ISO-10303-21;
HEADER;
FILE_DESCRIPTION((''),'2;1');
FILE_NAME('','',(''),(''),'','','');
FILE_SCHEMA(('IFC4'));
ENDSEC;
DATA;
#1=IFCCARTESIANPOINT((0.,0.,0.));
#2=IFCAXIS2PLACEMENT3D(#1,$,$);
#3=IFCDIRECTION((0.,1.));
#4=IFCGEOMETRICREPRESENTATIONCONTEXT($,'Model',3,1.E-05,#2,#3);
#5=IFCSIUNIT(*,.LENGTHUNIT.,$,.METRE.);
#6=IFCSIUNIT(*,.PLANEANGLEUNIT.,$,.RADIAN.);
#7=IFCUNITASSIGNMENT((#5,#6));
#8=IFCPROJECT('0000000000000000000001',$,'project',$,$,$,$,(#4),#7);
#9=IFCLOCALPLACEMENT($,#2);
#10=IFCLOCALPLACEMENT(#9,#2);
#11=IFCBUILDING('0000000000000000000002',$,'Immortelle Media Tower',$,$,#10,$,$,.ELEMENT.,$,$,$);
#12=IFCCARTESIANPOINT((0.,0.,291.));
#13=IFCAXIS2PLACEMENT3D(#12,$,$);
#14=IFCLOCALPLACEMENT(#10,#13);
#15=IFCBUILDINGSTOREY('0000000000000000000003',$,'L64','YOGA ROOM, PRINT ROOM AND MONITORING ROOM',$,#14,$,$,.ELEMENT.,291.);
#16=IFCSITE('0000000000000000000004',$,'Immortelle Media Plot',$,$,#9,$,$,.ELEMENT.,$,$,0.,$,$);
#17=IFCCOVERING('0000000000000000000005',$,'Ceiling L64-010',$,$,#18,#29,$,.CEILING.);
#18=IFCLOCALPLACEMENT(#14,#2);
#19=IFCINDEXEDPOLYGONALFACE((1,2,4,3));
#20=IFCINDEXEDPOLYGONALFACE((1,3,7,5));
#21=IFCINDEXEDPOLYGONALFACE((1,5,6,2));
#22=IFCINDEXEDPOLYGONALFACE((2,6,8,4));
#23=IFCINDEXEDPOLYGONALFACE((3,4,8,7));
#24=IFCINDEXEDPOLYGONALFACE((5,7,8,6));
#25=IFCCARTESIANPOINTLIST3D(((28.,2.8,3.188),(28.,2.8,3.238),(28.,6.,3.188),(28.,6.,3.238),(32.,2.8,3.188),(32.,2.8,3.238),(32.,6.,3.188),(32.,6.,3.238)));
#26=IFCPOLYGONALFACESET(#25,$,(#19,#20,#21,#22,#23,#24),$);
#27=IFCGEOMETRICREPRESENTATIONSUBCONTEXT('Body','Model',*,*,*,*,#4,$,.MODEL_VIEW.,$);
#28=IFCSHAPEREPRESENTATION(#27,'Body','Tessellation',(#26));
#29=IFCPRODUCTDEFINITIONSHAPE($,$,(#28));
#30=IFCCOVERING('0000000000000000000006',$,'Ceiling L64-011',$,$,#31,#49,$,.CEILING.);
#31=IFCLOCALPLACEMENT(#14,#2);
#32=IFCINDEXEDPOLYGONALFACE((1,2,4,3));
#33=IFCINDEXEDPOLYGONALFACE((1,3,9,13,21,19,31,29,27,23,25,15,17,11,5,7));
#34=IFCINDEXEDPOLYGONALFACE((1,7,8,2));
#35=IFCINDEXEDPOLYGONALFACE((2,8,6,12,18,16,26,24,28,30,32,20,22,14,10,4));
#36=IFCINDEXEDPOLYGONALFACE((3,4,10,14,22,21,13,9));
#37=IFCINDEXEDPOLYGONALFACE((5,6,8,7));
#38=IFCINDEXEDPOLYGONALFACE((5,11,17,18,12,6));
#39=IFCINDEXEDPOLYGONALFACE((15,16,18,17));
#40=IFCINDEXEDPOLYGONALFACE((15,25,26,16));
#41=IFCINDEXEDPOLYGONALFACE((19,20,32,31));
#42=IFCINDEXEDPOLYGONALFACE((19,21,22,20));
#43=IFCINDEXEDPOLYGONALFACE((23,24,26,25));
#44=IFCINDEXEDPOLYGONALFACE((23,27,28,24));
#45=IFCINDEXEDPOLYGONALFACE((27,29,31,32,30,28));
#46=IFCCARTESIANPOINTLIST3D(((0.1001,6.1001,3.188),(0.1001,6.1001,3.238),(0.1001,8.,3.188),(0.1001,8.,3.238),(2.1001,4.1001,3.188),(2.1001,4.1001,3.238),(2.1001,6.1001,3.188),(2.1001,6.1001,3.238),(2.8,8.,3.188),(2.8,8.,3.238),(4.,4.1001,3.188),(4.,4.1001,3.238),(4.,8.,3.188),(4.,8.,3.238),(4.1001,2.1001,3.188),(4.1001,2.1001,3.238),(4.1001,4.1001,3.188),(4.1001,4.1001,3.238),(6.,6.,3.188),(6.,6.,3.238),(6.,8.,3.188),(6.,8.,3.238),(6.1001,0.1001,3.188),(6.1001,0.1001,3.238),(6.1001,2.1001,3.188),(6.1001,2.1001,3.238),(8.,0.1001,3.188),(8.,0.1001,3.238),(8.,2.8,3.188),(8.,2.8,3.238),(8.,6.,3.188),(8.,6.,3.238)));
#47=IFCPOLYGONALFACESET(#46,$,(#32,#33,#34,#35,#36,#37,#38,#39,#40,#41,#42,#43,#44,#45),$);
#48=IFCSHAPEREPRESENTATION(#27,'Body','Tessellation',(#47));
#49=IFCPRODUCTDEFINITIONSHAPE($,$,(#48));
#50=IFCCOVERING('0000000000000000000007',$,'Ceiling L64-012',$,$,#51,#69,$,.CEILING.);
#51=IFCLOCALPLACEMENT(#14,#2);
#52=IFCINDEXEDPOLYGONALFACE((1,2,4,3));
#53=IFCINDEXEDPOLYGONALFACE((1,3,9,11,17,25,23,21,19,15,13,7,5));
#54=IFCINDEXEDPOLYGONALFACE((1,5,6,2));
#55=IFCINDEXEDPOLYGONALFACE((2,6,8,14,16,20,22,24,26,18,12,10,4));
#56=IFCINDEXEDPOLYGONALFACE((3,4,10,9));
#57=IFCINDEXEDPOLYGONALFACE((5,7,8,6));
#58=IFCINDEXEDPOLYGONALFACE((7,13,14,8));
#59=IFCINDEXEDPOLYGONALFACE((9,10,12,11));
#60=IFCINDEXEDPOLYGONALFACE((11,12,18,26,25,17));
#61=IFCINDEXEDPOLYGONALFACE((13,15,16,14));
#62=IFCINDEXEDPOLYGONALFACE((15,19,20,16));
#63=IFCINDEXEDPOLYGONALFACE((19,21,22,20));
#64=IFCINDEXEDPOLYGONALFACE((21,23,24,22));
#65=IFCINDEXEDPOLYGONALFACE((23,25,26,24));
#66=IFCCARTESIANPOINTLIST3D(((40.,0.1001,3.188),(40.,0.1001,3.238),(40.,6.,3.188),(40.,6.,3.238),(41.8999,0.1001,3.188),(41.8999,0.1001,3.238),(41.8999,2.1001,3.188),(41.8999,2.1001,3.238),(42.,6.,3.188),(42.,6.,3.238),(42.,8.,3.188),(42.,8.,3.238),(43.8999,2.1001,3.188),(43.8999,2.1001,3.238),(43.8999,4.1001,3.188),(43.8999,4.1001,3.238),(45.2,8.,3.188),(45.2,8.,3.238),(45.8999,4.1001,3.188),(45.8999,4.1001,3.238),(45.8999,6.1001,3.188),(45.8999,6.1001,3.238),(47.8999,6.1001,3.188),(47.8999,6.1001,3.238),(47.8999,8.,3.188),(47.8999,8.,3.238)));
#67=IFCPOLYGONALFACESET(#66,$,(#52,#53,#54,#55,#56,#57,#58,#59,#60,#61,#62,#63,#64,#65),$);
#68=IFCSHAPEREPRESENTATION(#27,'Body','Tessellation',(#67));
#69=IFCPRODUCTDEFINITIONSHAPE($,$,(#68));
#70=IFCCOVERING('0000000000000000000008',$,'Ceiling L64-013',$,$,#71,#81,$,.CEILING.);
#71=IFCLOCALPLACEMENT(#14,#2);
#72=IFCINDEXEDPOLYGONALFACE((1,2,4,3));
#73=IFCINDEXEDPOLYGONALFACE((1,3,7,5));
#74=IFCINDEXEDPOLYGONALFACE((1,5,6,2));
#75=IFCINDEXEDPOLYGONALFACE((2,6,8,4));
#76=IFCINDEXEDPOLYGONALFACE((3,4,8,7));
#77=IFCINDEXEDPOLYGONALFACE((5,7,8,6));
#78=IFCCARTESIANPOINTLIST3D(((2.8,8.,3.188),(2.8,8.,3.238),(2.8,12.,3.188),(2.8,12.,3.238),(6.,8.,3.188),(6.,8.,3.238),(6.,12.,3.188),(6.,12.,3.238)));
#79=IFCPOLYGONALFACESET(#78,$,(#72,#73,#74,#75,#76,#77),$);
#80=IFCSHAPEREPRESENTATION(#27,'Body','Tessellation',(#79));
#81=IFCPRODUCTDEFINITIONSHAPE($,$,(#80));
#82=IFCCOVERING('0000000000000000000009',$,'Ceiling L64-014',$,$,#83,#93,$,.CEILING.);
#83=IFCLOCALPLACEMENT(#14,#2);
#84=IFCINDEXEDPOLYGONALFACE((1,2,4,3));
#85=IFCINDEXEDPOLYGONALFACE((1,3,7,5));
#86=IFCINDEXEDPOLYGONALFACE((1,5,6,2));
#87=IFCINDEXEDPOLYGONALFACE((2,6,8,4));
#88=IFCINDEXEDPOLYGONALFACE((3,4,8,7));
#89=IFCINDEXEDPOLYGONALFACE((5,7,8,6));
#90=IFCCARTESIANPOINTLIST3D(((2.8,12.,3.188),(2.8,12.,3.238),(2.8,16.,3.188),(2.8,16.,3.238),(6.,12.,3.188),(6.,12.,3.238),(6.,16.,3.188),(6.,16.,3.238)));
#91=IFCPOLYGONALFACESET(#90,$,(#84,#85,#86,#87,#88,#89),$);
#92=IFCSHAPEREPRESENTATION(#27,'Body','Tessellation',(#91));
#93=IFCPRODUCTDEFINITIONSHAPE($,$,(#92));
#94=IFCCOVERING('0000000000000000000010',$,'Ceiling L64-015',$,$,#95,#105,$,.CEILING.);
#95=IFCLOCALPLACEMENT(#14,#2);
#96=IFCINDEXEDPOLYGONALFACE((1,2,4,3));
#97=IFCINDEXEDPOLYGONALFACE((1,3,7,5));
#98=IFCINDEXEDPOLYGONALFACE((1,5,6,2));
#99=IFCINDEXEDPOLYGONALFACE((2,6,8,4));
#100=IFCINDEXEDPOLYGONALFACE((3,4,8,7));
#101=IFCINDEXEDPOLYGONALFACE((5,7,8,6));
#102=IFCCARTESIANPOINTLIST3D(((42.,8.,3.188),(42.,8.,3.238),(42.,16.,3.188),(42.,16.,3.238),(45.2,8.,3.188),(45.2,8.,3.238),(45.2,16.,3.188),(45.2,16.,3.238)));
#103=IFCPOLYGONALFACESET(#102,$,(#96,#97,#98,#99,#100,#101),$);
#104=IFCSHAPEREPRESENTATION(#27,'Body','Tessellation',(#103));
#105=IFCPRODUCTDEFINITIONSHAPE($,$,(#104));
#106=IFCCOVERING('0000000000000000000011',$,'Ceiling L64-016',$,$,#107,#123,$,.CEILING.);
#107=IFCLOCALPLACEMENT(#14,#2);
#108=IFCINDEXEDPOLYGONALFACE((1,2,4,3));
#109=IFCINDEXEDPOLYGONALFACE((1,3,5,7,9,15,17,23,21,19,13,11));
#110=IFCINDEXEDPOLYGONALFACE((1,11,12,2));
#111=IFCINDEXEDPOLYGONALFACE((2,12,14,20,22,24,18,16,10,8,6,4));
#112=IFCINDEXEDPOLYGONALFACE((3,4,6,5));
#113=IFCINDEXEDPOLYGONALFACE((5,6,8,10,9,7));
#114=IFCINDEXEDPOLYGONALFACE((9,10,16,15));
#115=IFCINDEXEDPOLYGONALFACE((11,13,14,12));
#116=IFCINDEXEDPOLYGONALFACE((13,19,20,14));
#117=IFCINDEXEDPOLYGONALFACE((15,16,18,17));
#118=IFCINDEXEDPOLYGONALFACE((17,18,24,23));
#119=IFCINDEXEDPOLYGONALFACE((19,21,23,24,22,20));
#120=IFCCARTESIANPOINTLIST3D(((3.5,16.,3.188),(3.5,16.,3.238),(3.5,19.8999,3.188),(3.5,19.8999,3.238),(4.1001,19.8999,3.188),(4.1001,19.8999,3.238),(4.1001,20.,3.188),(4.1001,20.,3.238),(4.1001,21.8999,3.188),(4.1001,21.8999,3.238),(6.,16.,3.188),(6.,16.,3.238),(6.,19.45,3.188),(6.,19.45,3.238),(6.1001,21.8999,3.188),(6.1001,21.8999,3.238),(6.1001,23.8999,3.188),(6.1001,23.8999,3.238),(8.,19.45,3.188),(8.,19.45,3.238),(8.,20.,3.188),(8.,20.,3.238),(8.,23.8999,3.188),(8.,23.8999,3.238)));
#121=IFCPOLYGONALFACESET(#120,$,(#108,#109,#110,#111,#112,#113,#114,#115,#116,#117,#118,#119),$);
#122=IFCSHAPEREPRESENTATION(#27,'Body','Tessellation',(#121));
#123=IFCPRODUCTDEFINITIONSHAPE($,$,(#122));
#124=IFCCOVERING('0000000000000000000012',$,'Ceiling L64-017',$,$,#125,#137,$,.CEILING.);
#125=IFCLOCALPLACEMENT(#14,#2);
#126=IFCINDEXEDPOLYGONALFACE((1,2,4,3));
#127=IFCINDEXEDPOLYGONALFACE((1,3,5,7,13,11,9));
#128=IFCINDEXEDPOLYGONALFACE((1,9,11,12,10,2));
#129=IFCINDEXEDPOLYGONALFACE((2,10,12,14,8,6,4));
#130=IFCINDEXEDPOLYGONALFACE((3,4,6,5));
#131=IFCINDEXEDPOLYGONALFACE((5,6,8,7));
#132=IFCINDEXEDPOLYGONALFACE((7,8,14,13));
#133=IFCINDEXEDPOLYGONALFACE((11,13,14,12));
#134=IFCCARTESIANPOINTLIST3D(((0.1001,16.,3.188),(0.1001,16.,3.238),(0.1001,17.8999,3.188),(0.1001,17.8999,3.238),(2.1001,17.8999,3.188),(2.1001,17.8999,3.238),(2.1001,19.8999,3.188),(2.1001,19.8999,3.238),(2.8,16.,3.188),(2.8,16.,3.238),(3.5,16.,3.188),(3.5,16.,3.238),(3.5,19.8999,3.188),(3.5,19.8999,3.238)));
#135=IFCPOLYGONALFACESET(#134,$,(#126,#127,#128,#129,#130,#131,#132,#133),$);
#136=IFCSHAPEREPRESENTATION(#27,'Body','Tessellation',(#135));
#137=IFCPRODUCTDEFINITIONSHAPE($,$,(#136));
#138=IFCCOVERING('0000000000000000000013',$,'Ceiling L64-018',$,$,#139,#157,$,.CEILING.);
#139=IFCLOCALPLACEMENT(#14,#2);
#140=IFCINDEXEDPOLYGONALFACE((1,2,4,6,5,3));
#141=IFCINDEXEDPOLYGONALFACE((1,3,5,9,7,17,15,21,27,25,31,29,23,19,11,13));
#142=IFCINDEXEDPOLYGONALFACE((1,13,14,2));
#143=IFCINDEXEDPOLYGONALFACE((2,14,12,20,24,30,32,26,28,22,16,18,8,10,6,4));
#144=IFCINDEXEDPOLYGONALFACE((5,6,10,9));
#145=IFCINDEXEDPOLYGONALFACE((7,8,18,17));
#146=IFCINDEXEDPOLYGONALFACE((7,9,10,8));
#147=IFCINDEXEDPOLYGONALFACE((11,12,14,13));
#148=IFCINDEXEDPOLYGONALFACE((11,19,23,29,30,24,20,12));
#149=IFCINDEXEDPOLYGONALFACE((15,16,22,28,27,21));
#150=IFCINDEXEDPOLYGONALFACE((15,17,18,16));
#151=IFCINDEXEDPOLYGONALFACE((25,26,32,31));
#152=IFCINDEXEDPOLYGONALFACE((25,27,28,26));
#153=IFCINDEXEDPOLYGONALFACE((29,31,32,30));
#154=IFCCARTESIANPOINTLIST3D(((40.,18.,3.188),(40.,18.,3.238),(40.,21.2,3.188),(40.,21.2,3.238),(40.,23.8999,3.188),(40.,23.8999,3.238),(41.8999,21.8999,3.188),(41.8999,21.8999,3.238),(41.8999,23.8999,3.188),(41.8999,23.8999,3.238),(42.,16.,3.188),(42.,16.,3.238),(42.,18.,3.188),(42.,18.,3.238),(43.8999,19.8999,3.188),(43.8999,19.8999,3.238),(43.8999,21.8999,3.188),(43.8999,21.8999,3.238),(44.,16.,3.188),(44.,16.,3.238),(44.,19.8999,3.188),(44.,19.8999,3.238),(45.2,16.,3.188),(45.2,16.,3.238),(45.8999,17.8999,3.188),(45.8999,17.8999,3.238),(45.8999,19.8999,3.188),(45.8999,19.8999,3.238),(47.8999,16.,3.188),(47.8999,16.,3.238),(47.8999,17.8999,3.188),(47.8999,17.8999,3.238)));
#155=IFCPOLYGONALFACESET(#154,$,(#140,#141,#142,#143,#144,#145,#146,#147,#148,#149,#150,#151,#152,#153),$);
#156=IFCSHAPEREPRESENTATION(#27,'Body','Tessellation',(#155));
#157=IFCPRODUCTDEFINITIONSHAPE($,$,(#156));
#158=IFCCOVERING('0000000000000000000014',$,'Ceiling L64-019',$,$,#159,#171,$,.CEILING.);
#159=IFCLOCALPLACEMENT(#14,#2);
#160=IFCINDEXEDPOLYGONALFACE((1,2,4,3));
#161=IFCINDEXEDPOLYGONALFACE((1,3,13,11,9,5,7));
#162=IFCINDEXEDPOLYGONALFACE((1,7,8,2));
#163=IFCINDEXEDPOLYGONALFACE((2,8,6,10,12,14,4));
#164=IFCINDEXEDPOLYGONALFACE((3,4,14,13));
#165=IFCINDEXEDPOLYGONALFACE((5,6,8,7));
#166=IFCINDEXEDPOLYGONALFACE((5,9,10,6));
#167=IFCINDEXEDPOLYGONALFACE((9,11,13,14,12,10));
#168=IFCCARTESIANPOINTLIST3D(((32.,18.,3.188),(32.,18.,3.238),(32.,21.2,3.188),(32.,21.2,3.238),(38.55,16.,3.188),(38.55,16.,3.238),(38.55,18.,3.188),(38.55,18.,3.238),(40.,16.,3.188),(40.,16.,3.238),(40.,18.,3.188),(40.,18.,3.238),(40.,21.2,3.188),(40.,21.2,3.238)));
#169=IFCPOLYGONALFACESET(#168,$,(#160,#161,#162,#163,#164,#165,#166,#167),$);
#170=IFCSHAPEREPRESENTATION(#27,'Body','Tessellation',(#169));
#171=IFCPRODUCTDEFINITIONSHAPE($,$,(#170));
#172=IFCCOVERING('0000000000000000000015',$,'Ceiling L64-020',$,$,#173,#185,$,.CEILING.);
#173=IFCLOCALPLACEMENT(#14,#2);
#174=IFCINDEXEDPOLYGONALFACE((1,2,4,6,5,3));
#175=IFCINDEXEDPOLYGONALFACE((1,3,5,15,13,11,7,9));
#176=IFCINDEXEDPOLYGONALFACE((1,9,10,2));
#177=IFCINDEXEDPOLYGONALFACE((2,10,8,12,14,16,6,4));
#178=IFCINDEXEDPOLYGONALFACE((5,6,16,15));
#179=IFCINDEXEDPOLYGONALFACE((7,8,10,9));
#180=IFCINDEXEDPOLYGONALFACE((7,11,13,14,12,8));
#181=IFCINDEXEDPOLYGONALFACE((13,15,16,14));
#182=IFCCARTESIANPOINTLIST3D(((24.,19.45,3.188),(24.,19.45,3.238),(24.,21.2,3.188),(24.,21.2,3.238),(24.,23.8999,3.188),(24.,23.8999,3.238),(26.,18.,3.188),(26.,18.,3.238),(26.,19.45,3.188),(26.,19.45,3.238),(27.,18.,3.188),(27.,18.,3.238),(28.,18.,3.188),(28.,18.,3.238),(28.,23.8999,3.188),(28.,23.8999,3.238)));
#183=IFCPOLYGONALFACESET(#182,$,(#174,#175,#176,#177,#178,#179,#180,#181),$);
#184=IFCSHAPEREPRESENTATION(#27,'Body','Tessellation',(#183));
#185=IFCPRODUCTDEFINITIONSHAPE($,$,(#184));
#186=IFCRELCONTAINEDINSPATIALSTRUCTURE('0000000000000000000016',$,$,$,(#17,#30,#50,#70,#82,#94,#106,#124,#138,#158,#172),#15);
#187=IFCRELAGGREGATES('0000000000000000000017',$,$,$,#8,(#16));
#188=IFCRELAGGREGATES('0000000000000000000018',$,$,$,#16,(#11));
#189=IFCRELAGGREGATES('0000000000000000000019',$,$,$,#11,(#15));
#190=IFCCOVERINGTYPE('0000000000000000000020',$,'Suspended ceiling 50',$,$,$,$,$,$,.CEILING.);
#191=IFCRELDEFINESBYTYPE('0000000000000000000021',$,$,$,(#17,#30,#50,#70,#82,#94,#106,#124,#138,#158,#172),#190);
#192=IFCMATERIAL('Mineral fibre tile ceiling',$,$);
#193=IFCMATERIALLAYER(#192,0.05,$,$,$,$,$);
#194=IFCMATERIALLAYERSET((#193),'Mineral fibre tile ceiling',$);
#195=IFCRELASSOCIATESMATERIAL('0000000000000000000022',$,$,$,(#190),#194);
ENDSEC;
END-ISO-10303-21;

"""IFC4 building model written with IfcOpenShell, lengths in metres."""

from ifc_helpers import new_model, si_unit, direction, frame, origin, place, context, subcontext, project, spatial, polyline, outline, extrude, material, layer, layer_set, type_object, element, save


model = new_model("IFC4")

# Units and contexts
model_context = context("Model", 3, precision=1e-05, world=origin(), true_north=direction((0.0, 1.0)))
body_context = subcontext(model_context, "Body", "Model", "MODEL_VIEW")
ifc_project = project(units=[si_unit("LENGTHUNIT", "METRE"), si_unit("PLANEANGLEUNIT", "RADIAN")], contexts=[model_context])

# Site, building, storey
site_placement = place(None, origin())
site = spatial("IfcSite", under=ifc_project, at=site_placement, Name="Immortelle Media Plot", CompositionType="ELEMENT", RefElevation=0.0)
building_placement = place(site_placement, origin())
building = spatial("IfcBuilding", under=site, at=building_placement, Name="Immortelle Media Tower", CompositionType="ELEMENT")
storey_placement = place(building_placement, frame((0.0, 0.0, 291.0)))
storey = spatial("IfcBuildingStorey", under=building, at=storey_placement, Name="L64", Description="YOGA ROOM, PRINT ROOM AND MONITORING ROOM", CompositionType="ELEMENT", Elevation=291.0)

# Coverings
ifc_material_1 = material(Name="Mineral fibre tile ceiling")
ifc_layer_1 = layer(ifc_material_1, 0.05)
ifc_layer_set_1 = layer_set([ifc_layer_1], Name="Mineral fibre tile ceiling")
covering_type = type_object("IfcCoveringType", Name="Suspended ceiling 50", PredefinedType="CEILING", material=ifc_layer_set_1)
covering_1_placement = place(storey_placement, frame((0.0, 0.0, 3.188)))
element("IfcCovering", 1, at=covering_1_placement, inside=storey, type_object=covering_type, Name="Ceiling L64-010", PredefinedType="CEILING", context=body_context, shape_type="SweptSolid", body=[
    extrude(outline(polyline([(32.0, 6.0), (32.0, 2.8), (28.0, 2.8), (28.0, 6.0), (32.0, 6.0)])), origin(), (0.0, 0.0, 1.0), 0.05),
])
covering_2_placement = place(storey_placement, frame((0.0, 0.0, 3.188)))
element("IfcCovering", 2, at=covering_2_placement, inside=storey, type_object=covering_type, Name="Ceiling L64-011", PredefinedType="CEILING", context=body_context, shape_type="SweptSolid", body=[
    extrude(outline(polyline([(4.1001, 2.1001), (4.1001, 4.1001), (4.0, 4.1001), (2.1001, 4.1001), (2.1001, 6.1001), (0.1001, 6.1001), (0.1001, 8.0), (2.8, 8.0), (4.0, 8.0), (6.0, 8.0), (6.0, 6.0), (8.0, 6.0), (8.0, 2.8), (8.0, 0.1001), (6.1001, 0.1001), (6.1001, 2.1001), (4.1001, 2.1001)])), origin(), (0.0, 0.0, 1.0), 0.05),
])
covering_3_placement = place(storey_placement, frame((0.0, 0.0, 3.188)))
element("IfcCovering", 3, at=covering_3_placement, inside=storey, type_object=covering_type, Name="Ceiling L64-012", PredefinedType="CEILING", context=body_context, shape_type="SweptSolid", body=[
    extrude(outline(polyline([(45.8999, 6.1001), (45.8999, 4.1001), (43.8999, 4.1001), (43.8999, 2.1001), (41.8999, 2.1001), (41.8999, 0.1001), (40.0, 0.1001), (40.0, 6.0), (42.0, 6.0), (42.0, 8.0), (45.2, 8.0), (47.8999, 8.0), (47.8999, 6.1001), (45.8999, 6.1001)])), origin(), (0.0, 0.0, 1.0), 0.05),
])
covering_4_placement = place(storey_placement, frame((0.0, 0.0, 3.188)))
element("IfcCovering", 4, at=covering_4_placement, inside=storey, type_object=covering_type, Name="Ceiling L64-013", PredefinedType="CEILING", context=body_context, shape_type="SweptSolid", body=[
    extrude(outline(polyline([(2.8, 8.0), (2.8, 12.0), (6.0, 12.0), (6.0, 8.0), (2.8, 8.0)])), origin(), (0.0, 0.0, 1.0), 0.05),
])
covering_5_placement = place(storey_placement, frame((0.0, 0.0, 3.188)))
element("IfcCovering", 5, at=covering_5_placement, inside=storey, type_object=covering_type, Name="Ceiling L64-014", PredefinedType="CEILING", context=body_context, shape_type="SweptSolid", body=[
    extrude(outline(polyline([(2.8, 16.0), (6.0, 16.0), (6.0, 12.0), (2.8, 12.0), (2.8, 16.0)])), origin(), (0.0, 0.0, 1.0), 0.05),
])
covering_6_placement = place(storey_placement, frame((0.0, 0.0, 3.188)))
element("IfcCovering", 6, at=covering_6_placement, inside=storey, type_object=covering_type, Name="Ceiling L64-015", PredefinedType="CEILING", context=body_context, shape_type="SweptSolid", body=[
    extrude(outline(polyline([(45.2, 8.0), (42.0, 8.0), (42.0, 16.0), (45.2, 16.0), (45.2, 8.0)])), origin(), (0.0, 0.0, 1.0), 0.05),
])
covering_7_placement = place(storey_placement, frame((0.0, 0.0, 3.188)))
element("IfcCovering", 7, at=covering_7_placement, inside=storey, type_object=covering_type, Name="Ceiling L64-016", PredefinedType="CEILING", context=body_context, shape_type="SweptSolid", body=[
    extrude(outline(polyline([(4.1001, 19.8999), (4.1001, 20.0), (4.1001, 21.8999), (6.1001, 21.8999), (6.1001, 23.8999), (8.0, 23.8999), (8.0, 20.0), (8.0, 19.45), (6.0, 19.45), (6.0, 16.0), (3.5, 16.0), (3.5, 19.8999), (4.1001, 19.8999)])), origin(), (0.0, 0.0, 1.0), 0.05),
])
covering_8_placement = place(storey_placement, frame((0.0, 0.0, 3.188)))
element("IfcCovering", 8, at=covering_8_placement, inside=storey, type_object=covering_type, Name="Ceiling L64-017", PredefinedType="CEILING", context=body_context, shape_type="SweptSolid", body=[
    extrude(outline(polyline([(0.1001, 16.0), (0.1001, 17.8999), (2.1001, 17.8999), (2.1001, 19.8999), (3.5, 19.8999), (3.5, 16.0), (2.8, 16.0), (0.1001, 16.0)])), origin(), (0.0, 0.0, 1.0), 0.05),
])
covering_9_placement = place(storey_placement, frame((0.0, 0.0, 3.188)))
element("IfcCovering", 9, at=covering_9_placement, inside=storey, type_object=covering_type, Name="Ceiling L64-018", PredefinedType="CEILING", context=body_context, shape_type="SweptSolid", body=[
    extrude(outline(polyline([(45.8999, 19.8999), (45.8999, 17.8999), (47.8999, 17.8999), (47.8999, 16.0), (45.2, 16.0), (44.0, 16.0), (42.0, 16.0), (42.0, 18.0), (40.0, 18.0), (40.0, 21.2), (40.0, 23.8999), (41.8999, 23.8999), (41.8999, 21.8999), (43.8999, 21.8999), (43.8999, 19.8999), (44.0, 19.8999), (45.8999, 19.8999)])), origin(), (0.0, 0.0, 1.0), 0.05),
])
covering_10_placement = place(storey_placement, frame((0.0, 0.0, 3.188)))
element("IfcCovering", 10, at=covering_10_placement, inside=storey, type_object=covering_type, Name="Ceiling L64-019", PredefinedType="CEILING", context=body_context, shape_type="SweptSolid", body=[
    extrude(outline(polyline([(38.55, 16.0), (38.55, 18.0), (32.0, 18.0), (32.0, 21.2), (40.0, 21.2), (40.0, 18.0), (40.0, 16.0), (38.55, 16.0)])), origin(), (0.0, 0.0, 1.0), 0.05),
])
covering_11_placement = place(storey_placement, frame((0.0, 0.0, 3.188)))
element("IfcCovering", 11, at=covering_11_placement, inside=storey, type_object=covering_type, Name="Ceiling L64-020", PredefinedType="CEILING", context=body_context, shape_type="SweptSolid", body=[
    extrude(outline(polyline([(26.0, 18.0), (26.0, 19.45), (24.0, 19.45), (24.0, 21.2), (24.0, 23.8999), (28.0, 23.8999), (28.0, 18.0), (27.0, 18.0), (26.0, 18.0)])), origin(), (0.0, 0.0, 1.0), 0.05),
])

save(model, "model.ifc")
